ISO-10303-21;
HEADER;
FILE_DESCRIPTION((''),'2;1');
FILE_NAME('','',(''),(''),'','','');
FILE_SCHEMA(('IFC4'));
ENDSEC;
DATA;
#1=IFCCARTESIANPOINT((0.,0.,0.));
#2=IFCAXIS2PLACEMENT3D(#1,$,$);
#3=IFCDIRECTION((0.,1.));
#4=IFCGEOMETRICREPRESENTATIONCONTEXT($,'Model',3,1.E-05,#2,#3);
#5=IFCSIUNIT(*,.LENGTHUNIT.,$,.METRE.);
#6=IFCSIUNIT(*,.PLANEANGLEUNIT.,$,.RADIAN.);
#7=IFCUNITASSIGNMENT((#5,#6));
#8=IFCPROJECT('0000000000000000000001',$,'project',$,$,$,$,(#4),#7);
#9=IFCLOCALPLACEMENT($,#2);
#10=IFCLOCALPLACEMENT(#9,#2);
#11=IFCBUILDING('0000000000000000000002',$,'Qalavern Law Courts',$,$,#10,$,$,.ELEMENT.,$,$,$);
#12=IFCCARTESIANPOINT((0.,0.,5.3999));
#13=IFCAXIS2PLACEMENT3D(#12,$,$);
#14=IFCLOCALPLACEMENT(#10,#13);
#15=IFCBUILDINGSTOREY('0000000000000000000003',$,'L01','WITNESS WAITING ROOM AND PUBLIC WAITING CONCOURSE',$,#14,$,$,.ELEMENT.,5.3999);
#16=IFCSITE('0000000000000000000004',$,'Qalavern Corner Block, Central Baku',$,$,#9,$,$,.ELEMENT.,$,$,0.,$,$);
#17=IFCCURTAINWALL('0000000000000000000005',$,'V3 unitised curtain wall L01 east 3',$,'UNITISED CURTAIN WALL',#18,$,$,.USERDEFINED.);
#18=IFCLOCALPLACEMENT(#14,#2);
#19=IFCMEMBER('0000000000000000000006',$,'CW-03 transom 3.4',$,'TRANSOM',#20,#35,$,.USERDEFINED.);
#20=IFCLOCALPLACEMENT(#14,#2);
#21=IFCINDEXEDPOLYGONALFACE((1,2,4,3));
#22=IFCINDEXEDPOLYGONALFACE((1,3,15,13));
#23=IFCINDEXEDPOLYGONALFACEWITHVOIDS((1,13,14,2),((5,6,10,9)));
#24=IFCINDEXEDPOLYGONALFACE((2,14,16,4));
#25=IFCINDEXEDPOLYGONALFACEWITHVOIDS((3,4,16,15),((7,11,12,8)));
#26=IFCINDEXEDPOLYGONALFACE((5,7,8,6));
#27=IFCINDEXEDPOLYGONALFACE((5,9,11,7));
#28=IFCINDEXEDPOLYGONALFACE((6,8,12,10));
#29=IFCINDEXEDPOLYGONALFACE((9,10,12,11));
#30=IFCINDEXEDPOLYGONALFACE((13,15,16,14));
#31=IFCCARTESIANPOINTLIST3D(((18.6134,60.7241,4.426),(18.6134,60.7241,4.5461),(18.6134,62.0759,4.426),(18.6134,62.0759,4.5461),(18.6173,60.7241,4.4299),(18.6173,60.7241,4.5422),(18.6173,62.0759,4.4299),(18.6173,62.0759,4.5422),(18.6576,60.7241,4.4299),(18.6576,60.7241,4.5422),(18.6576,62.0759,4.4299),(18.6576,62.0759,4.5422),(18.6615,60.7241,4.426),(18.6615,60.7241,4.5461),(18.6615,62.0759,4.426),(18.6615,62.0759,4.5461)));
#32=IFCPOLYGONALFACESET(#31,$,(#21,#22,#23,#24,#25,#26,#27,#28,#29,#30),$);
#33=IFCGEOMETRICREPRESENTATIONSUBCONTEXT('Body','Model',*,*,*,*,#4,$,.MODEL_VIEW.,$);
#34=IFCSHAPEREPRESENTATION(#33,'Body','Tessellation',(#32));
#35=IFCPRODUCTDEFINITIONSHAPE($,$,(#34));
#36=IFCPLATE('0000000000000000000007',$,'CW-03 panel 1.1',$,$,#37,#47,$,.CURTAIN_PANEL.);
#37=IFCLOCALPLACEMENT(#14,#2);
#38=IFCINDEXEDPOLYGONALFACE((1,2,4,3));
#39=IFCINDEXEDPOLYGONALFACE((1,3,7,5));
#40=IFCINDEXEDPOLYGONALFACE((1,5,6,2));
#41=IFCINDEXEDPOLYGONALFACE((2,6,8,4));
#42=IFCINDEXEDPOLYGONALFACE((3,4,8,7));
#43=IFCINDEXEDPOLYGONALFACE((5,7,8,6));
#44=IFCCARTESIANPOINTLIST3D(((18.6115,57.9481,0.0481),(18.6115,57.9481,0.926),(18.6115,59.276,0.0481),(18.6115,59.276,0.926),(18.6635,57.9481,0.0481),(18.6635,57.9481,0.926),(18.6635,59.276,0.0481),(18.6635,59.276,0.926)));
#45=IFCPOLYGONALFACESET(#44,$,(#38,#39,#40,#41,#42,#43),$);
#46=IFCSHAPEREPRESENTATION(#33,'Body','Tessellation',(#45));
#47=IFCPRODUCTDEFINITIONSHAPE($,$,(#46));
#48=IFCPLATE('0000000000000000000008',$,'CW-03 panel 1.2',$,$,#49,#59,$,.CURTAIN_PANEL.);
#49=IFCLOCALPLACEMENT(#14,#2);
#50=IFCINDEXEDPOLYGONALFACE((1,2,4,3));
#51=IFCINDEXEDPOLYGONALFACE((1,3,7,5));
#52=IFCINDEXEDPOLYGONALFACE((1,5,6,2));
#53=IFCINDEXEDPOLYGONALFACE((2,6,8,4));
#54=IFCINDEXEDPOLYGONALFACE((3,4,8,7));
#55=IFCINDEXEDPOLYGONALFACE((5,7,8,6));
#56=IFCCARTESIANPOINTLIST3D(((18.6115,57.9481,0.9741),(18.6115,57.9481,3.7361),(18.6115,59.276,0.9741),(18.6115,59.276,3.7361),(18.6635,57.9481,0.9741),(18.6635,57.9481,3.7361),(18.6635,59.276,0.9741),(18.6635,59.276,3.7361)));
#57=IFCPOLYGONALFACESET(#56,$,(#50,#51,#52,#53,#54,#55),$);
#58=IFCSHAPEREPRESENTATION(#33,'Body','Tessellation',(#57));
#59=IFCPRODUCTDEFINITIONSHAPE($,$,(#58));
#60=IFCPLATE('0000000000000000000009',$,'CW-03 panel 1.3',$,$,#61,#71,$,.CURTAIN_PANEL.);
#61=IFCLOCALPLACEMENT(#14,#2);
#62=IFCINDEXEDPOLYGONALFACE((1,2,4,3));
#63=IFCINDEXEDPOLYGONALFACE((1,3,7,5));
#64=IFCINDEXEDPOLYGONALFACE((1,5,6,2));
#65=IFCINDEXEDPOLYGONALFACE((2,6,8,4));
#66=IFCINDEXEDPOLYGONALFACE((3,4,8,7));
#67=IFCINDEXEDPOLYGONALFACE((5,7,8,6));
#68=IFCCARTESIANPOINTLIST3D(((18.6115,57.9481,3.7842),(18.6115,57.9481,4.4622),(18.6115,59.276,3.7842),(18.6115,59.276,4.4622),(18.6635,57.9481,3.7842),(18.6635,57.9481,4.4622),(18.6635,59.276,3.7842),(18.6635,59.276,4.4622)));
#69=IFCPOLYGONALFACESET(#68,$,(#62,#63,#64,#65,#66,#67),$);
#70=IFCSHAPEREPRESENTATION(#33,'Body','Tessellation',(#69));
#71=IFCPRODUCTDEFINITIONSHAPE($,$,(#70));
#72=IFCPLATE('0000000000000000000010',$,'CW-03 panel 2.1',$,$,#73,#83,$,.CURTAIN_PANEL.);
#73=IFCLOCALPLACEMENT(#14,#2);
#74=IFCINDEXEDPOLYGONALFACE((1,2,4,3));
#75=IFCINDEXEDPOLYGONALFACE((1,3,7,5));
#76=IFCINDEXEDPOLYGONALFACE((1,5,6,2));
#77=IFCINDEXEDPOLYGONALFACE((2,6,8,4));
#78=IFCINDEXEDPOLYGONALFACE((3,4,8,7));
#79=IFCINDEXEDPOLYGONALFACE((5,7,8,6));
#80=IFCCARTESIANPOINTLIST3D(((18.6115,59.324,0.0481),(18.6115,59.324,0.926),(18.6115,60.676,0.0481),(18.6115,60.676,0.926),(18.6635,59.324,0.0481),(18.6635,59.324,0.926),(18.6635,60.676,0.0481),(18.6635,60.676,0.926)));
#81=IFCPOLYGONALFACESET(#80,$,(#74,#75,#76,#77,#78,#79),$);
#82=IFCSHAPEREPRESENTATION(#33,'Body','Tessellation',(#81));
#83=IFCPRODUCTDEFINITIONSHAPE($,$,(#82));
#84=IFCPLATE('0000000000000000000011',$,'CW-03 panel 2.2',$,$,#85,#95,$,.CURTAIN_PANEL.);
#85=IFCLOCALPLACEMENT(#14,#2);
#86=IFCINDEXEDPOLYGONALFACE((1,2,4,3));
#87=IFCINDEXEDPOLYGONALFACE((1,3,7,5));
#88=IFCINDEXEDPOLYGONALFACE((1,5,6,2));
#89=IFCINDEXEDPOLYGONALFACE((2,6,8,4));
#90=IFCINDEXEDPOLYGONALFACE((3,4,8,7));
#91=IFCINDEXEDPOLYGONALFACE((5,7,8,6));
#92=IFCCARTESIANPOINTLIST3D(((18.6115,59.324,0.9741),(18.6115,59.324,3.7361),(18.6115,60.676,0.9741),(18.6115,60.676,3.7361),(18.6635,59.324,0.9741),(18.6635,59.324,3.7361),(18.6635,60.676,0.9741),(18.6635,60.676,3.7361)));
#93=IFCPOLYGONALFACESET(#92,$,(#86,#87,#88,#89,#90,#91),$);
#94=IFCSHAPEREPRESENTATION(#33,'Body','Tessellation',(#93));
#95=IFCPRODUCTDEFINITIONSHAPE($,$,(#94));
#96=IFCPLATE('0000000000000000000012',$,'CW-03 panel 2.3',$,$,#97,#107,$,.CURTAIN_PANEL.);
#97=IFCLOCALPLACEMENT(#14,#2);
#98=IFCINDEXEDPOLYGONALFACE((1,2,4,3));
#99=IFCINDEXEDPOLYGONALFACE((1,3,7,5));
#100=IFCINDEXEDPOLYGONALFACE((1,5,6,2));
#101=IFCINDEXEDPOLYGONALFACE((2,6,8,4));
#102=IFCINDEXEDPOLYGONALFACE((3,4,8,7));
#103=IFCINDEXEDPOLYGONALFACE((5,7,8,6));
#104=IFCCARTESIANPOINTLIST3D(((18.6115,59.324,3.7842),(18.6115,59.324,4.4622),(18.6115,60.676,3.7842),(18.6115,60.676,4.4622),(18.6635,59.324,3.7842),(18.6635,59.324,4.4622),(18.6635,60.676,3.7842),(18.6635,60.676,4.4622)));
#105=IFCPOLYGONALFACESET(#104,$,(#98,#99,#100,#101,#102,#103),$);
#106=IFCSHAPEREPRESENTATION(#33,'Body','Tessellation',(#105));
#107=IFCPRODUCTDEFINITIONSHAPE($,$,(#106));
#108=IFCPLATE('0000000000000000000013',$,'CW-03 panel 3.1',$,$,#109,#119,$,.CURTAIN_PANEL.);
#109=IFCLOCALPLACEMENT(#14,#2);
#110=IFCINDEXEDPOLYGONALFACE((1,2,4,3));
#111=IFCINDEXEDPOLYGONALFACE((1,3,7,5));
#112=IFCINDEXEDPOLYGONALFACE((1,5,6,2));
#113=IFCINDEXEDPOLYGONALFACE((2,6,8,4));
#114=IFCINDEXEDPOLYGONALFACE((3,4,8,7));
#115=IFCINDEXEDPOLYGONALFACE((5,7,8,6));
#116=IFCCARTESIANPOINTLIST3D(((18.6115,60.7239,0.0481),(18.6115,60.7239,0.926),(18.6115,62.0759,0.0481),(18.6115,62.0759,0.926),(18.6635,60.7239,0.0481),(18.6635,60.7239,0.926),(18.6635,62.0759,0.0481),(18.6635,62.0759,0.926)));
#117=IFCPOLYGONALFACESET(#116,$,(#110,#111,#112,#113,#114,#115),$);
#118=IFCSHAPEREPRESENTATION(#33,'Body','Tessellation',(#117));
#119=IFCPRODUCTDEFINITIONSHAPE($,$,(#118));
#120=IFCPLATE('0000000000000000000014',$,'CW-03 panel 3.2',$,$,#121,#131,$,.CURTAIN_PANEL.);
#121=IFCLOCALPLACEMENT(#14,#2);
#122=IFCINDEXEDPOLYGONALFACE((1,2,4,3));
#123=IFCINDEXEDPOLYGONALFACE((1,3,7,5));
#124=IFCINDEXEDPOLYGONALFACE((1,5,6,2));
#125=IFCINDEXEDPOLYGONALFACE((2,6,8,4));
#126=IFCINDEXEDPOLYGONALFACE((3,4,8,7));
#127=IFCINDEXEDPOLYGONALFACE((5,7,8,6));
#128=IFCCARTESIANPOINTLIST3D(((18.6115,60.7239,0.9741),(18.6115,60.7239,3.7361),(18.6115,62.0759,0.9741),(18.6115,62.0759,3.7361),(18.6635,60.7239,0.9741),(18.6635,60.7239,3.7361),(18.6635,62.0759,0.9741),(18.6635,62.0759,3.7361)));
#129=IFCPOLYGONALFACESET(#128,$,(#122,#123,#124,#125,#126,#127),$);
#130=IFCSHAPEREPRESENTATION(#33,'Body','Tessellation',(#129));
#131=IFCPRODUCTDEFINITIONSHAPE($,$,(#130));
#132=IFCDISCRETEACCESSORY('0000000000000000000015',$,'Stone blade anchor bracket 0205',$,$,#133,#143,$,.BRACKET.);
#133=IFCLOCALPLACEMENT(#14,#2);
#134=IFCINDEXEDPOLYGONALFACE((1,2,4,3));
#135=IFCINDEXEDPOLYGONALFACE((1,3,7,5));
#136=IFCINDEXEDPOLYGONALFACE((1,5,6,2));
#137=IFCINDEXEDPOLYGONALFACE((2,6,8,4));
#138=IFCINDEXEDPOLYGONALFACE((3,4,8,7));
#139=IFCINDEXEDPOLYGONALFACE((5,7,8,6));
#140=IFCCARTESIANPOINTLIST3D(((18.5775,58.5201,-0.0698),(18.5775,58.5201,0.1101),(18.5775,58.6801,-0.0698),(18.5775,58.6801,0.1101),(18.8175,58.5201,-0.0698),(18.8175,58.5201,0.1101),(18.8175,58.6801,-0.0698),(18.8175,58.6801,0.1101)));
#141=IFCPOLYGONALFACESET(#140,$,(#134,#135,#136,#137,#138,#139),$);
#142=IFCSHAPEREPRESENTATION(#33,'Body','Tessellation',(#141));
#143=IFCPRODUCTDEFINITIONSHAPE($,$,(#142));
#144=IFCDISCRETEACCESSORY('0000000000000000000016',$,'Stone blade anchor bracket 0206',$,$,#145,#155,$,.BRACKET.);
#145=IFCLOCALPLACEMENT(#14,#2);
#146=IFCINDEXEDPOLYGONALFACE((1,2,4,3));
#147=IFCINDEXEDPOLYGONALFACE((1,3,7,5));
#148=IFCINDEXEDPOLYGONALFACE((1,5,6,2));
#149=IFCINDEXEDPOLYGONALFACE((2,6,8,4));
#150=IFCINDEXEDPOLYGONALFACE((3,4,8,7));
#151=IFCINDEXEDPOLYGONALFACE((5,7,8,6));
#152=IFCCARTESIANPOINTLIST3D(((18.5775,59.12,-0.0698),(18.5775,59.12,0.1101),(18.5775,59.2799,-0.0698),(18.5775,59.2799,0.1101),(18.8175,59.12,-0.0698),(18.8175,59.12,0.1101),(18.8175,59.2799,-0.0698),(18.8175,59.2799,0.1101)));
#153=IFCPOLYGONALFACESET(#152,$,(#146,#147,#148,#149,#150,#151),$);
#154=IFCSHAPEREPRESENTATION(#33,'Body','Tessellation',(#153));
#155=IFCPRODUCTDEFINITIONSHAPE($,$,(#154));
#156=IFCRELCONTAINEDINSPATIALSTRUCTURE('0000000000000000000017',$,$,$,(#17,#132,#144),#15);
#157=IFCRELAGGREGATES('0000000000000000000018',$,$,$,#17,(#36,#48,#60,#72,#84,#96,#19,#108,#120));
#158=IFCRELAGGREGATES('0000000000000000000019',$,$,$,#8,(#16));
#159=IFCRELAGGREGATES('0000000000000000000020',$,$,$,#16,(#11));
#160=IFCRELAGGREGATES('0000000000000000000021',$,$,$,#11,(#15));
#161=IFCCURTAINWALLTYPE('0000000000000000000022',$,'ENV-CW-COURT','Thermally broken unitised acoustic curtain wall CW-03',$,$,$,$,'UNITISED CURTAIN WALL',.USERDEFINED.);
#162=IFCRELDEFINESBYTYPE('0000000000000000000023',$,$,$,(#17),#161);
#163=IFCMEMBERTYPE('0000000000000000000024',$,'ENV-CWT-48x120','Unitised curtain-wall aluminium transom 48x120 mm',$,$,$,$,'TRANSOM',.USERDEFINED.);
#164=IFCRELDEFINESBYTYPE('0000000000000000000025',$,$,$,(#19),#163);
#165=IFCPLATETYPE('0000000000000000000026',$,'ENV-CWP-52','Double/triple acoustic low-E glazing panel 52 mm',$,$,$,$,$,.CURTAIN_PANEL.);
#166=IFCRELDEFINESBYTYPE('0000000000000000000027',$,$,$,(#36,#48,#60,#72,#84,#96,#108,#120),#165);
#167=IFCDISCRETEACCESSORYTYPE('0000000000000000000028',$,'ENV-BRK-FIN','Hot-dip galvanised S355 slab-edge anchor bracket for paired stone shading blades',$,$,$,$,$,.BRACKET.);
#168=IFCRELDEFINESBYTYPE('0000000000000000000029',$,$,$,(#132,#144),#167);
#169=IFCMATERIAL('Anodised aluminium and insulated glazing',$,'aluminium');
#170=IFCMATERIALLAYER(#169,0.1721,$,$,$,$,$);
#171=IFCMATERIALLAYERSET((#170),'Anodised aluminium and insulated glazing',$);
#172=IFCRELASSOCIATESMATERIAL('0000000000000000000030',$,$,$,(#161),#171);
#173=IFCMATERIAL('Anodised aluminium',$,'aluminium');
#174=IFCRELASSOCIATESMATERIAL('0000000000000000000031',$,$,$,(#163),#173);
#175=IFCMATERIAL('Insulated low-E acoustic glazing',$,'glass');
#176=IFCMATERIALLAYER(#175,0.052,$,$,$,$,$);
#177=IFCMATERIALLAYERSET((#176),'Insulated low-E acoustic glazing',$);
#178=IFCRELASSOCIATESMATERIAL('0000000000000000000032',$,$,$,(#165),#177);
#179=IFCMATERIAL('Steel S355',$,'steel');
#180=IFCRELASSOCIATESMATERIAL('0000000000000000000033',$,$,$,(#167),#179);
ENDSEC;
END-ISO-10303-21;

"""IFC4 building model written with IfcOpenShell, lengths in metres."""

from ifc_helpers import new_model, si_unit, direction, frame, origin, origin_2d, place, context, subcontext, project, spatial, rectangle, hollow_rectangle, extrude, material, layer, layer_set, material_profile, profile_set, type_object, element, aggregate, save


model = new_model("IFC4")

# Units and contexts
model_context = context("Model", 3, precision=1e-05, world=origin(), true_north=direction((0.0, 1.0)))
body_context = subcontext(model_context, "Body", "Model", "MODEL_VIEW")
ifc_project = project(units=[si_unit("LENGTHUNIT", "METRE"), si_unit("PLANEANGLEUNIT", "RADIAN")], contexts=[model_context])

# Site, building, storey
site_placement = place(None, origin())
site = spatial("IfcSite", under=ifc_project, at=site_placement, Name="Qalavern Corner Block, Central Baku", CompositionType="ELEMENT", RefElevation=0.0)
building_placement = place(site_placement, origin())
building = spatial("IfcBuilding", under=site, at=building_placement, Name="Qalavern Law Courts", CompositionType="ELEMENT")
storey_placement = place(building_placement, frame((0.0, 0.0, 5.3999)))
storey = spatial("IfcBuildingStorey", under=building, at=storey_placement, Name="L01", Description="WITNESS WAITING ROOM AND PUBLIC WAITING CONCOURSE", CompositionType="ELEMENT", Elevation=5.3999)

# Curtain wall, member, plates
ifc_material_1 = material(Name="Anodised aluminium and insulated glazing", Category="aluminium")
ifc_layer_1 = layer(ifc_material_1, 0.1721)
ifc_layer_set_1 = layer_set([ifc_layer_1], Name="Anodised aluminium and insulated glazing")
curtain_wall_type = type_object("IfcCurtainWallType", Name="ENV-CW-COURT", Description="Thermally broken unitised acoustic curtain wall CW-03", ElementType="UNITISED CURTAIN WALL", PredefinedType="USERDEFINED", material=ifc_layer_set_1)
curtain_wall_placement = place(storey_placement, origin())
curtain_wall = element("IfcCurtainWall", 1, at=curtain_wall_placement, inside=storey, type_object=curtain_wall_type, Name="V3 unitised curtain wall L01 east 3", ObjectType="UNITISED CURTAIN WALL", PredefinedType="USERDEFINED")
ifc_material_2 = material(Name="Anodised aluminium", Category="aluminium")
ifc_material_profile_1 = material_profile(ifc_material_2, hollow_rectangle(XDim=0.0481, YDim=0.1201, WallThickness=0.0039, at=origin_2d()), Name="ALU TRANSOM 48x120")
ifc_profile_set_1 = profile_set([ifc_material_profile_1], Name="Anodised aluminium")
member_type_1 = type_object("IfcMemberType", Name="ENV-CWT-48x120", Description="Unitised curtain-wall aluminium transom 48x120 mm", ElementType="TRANSOM", PredefinedType="USERDEFINED", material=ifc_profile_set_1)
member_1_placement = place(storey_placement, frame((18.6375, 60.7241, 4.4861), z_axis=(0.0, 1.0, 0.0), x_axis=(-1.0, 0.0, 0.0)))
member_1 = element("IfcMember", 2, at=member_1_placement, type_object=member_type_1, Name="CW-03 transom 3.4", ObjectType="TRANSOM", PredefinedType="USERDEFINED", context=body_context, shape_type="SweptSolid", body=[
    extrude(hollow_rectangle(XDim=0.0481, YDim=0.1201, WallThickness=0.0039, at=origin_2d()), origin(), (0.0, 0.0, 1.0), 1.3518),
])
ifc_material_3 = material(Name="Insulated low-E acoustic glazing", Category="glass")
ifc_layer_2 = layer(ifc_material_3, 0.052)
ifc_layer_set_2 = layer_set([ifc_layer_2], Name="Insulated low-E acoustic glazing")
plate_type = type_object("IfcPlateType", Name="ENV-CWP-52", Description="Double/triple acoustic low-E glazing panel 52 mm", PredefinedType="CURTAIN_PANEL", material=ifc_layer_set_2)
plate_1_placement = place(storey_placement, frame((18.6375, 58.6121, 0.0481), z_axis=(0.0, 0.0, 1.0), x_axis=(0.0, 1.0, 0.0)))
plate_1 = element("IfcPlate", 3, at=plate_1_placement, type_object=plate_type, Name="CW-03 panel 1.1", PredefinedType="CURTAIN_PANEL", context=body_context, shape_type="SweptSolid", body=[
    extrude(rectangle(XDim=1.3279, YDim=0.052, at=origin_2d()), origin(), (0.0, 0.0, 1.0), 0.8779),
])
plate_2_placement = place(storey_placement, frame((18.6375, 58.6121, 0.9741), z_axis=(0.0, 0.0, 1.0), x_axis=(0.0, 1.0, 0.0)))
plate_2 = element("IfcPlate", 4, at=plate_2_placement, type_object=plate_type, Name="CW-03 panel 1.2", PredefinedType="CURTAIN_PANEL", context=body_context, shape_type="SweptSolid", body=[
    extrude(rectangle(XDim=1.3279, YDim=0.052, at=origin_2d()), origin(), (0.0, 0.0, 1.0), 2.762),
])
plate_3_placement = place(storey_placement, frame((18.6375, 58.6121, 3.7842), z_axis=(0.0, 0.0, 1.0), x_axis=(0.0, 1.0, 0.0)))
plate_3 = element("IfcPlate", 5, at=plate_3_placement, type_object=plate_type, Name="CW-03 panel 1.3", PredefinedType="CURTAIN_PANEL", context=body_context, shape_type="SweptSolid", body=[
    extrude(rectangle(XDim=1.3279, YDim=0.052, at=origin_2d()), origin(), (0.0, 0.0, 1.0), 0.678),
])
plate_4_placement = place(storey_placement, frame((18.6375, 60.0, 0.0481), z_axis=(0.0, 0.0, 1.0), x_axis=(0.0, 1.0, 0.0)))
plate_4 = element("IfcPlate", 6, at=plate_4_placement, type_object=plate_type, Name="CW-03 panel 2.1", PredefinedType="CURTAIN_PANEL", context=body_context, shape_type="SweptSolid", body=[
    extrude(rectangle(XDim=1.3521, YDim=0.052, at=origin_2d()), origin(), (0.0, 0.0, 1.0), 0.8779),
])
plate_5_placement = place(storey_placement, frame((18.6375, 60.0, 0.9741), z_axis=(0.0, 0.0, 1.0), x_axis=(0.0, 1.0, 0.0)))
plate_5 = element("IfcPlate", 7, at=plate_5_placement, type_object=plate_type, Name="CW-03 panel 2.2", PredefinedType="CURTAIN_PANEL", context=body_context, shape_type="SweptSolid", body=[
    extrude(rectangle(XDim=1.3521, YDim=0.052, at=origin_2d()), origin(), (0.0, 0.0, 1.0), 2.762),
])
plate_6_placement = place(storey_placement, frame((18.6375, 60.0, 3.7842), z_axis=(0.0, 0.0, 1.0), x_axis=(0.0, 1.0, 0.0)))
plate_6 = element("IfcPlate", 8, at=plate_6_placement, type_object=plate_type, Name="CW-03 panel 2.3", PredefinedType="CURTAIN_PANEL", context=body_context, shape_type="SweptSolid", body=[
    extrude(rectangle(XDim=1.3521, YDim=0.052, at=origin_2d()), origin(), (0.0, 0.0, 1.0), 0.678),
])
plate_7_placement = place(storey_placement, frame((18.6375, 61.3999, 0.0481), z_axis=(0.0, 0.0, 1.0), x_axis=(0.0, 1.0, 0.0)))
plate_7 = element("IfcPlate", 9, at=plate_7_placement, type_object=plate_type, Name="CW-03 panel 3.1", PredefinedType="CURTAIN_PANEL", context=body_context, shape_type="SweptSolid", body=[
    extrude(rectangle(XDim=1.3521, YDim=0.052, at=origin_2d()), origin(), (0.0, 0.0, 1.0), 0.8779),
])
plate_8_placement = place(storey_placement, frame((18.6375, 61.3999, 0.9741), z_axis=(0.0, 0.0, 1.0), x_axis=(0.0, 1.0, 0.0)))
plate_8 = element("IfcPlate", 10, at=plate_8_placement, type_object=plate_type, Name="CW-03 panel 3.2", PredefinedType="CURTAIN_PANEL", context=body_context, shape_type="SweptSolid", body=[
    extrude(rectangle(XDim=1.3521, YDim=0.052, at=origin_2d()), origin(), (0.0, 0.0, 1.0), 2.762),
])
aggregate(curtain_wall, [plate_1, plate_2, plate_3, plate_4, plate_5, plate_6, member_1, plate_7, plate_8])

# Discrete accessories
ifc_material_4 = material(Name="Steel S355", Category="steel")
discrete_accessory_type = type_object("IfcDiscreteAccessoryType", Name="ENV-BRK-FIN", Description="Hot-dip galvanised S355 slab-edge anchor bracket for paired stone shading blades", PredefinedType="BRACKET", material=ifc_material_4)
for number, where, z_axis, x_axis, name in (
    (11, (18.6975, 58.6001, -0.0698), (0.0, 0.0, 1.0), (1.0, 0.0, 0.0), "Stone blade anchor bracket 0205"),
    (12, (18.6975, 59.2, -0.0698), (0.0, 0.0, 1.0), (1.0, 0.0, 0.0), "Stone blade anchor bracket 0206"),
):
    element("IfcDiscreteAccessory", number, at=place(storey_placement, frame(where, z_axis=z_axis, x_axis=x_axis)), inside=storey, type_object=discrete_accessory_type, Name=name, PredefinedType="BRACKET", context=body_context, shape_type="SweptSolid", body=[
        extrude(rectangle(XDim=0.24, YDim=0.1599, at=origin_2d()), origin(), (0.0, 0.0, 1.0), 0.1799),
    ])

save(model, "model.ifc")
